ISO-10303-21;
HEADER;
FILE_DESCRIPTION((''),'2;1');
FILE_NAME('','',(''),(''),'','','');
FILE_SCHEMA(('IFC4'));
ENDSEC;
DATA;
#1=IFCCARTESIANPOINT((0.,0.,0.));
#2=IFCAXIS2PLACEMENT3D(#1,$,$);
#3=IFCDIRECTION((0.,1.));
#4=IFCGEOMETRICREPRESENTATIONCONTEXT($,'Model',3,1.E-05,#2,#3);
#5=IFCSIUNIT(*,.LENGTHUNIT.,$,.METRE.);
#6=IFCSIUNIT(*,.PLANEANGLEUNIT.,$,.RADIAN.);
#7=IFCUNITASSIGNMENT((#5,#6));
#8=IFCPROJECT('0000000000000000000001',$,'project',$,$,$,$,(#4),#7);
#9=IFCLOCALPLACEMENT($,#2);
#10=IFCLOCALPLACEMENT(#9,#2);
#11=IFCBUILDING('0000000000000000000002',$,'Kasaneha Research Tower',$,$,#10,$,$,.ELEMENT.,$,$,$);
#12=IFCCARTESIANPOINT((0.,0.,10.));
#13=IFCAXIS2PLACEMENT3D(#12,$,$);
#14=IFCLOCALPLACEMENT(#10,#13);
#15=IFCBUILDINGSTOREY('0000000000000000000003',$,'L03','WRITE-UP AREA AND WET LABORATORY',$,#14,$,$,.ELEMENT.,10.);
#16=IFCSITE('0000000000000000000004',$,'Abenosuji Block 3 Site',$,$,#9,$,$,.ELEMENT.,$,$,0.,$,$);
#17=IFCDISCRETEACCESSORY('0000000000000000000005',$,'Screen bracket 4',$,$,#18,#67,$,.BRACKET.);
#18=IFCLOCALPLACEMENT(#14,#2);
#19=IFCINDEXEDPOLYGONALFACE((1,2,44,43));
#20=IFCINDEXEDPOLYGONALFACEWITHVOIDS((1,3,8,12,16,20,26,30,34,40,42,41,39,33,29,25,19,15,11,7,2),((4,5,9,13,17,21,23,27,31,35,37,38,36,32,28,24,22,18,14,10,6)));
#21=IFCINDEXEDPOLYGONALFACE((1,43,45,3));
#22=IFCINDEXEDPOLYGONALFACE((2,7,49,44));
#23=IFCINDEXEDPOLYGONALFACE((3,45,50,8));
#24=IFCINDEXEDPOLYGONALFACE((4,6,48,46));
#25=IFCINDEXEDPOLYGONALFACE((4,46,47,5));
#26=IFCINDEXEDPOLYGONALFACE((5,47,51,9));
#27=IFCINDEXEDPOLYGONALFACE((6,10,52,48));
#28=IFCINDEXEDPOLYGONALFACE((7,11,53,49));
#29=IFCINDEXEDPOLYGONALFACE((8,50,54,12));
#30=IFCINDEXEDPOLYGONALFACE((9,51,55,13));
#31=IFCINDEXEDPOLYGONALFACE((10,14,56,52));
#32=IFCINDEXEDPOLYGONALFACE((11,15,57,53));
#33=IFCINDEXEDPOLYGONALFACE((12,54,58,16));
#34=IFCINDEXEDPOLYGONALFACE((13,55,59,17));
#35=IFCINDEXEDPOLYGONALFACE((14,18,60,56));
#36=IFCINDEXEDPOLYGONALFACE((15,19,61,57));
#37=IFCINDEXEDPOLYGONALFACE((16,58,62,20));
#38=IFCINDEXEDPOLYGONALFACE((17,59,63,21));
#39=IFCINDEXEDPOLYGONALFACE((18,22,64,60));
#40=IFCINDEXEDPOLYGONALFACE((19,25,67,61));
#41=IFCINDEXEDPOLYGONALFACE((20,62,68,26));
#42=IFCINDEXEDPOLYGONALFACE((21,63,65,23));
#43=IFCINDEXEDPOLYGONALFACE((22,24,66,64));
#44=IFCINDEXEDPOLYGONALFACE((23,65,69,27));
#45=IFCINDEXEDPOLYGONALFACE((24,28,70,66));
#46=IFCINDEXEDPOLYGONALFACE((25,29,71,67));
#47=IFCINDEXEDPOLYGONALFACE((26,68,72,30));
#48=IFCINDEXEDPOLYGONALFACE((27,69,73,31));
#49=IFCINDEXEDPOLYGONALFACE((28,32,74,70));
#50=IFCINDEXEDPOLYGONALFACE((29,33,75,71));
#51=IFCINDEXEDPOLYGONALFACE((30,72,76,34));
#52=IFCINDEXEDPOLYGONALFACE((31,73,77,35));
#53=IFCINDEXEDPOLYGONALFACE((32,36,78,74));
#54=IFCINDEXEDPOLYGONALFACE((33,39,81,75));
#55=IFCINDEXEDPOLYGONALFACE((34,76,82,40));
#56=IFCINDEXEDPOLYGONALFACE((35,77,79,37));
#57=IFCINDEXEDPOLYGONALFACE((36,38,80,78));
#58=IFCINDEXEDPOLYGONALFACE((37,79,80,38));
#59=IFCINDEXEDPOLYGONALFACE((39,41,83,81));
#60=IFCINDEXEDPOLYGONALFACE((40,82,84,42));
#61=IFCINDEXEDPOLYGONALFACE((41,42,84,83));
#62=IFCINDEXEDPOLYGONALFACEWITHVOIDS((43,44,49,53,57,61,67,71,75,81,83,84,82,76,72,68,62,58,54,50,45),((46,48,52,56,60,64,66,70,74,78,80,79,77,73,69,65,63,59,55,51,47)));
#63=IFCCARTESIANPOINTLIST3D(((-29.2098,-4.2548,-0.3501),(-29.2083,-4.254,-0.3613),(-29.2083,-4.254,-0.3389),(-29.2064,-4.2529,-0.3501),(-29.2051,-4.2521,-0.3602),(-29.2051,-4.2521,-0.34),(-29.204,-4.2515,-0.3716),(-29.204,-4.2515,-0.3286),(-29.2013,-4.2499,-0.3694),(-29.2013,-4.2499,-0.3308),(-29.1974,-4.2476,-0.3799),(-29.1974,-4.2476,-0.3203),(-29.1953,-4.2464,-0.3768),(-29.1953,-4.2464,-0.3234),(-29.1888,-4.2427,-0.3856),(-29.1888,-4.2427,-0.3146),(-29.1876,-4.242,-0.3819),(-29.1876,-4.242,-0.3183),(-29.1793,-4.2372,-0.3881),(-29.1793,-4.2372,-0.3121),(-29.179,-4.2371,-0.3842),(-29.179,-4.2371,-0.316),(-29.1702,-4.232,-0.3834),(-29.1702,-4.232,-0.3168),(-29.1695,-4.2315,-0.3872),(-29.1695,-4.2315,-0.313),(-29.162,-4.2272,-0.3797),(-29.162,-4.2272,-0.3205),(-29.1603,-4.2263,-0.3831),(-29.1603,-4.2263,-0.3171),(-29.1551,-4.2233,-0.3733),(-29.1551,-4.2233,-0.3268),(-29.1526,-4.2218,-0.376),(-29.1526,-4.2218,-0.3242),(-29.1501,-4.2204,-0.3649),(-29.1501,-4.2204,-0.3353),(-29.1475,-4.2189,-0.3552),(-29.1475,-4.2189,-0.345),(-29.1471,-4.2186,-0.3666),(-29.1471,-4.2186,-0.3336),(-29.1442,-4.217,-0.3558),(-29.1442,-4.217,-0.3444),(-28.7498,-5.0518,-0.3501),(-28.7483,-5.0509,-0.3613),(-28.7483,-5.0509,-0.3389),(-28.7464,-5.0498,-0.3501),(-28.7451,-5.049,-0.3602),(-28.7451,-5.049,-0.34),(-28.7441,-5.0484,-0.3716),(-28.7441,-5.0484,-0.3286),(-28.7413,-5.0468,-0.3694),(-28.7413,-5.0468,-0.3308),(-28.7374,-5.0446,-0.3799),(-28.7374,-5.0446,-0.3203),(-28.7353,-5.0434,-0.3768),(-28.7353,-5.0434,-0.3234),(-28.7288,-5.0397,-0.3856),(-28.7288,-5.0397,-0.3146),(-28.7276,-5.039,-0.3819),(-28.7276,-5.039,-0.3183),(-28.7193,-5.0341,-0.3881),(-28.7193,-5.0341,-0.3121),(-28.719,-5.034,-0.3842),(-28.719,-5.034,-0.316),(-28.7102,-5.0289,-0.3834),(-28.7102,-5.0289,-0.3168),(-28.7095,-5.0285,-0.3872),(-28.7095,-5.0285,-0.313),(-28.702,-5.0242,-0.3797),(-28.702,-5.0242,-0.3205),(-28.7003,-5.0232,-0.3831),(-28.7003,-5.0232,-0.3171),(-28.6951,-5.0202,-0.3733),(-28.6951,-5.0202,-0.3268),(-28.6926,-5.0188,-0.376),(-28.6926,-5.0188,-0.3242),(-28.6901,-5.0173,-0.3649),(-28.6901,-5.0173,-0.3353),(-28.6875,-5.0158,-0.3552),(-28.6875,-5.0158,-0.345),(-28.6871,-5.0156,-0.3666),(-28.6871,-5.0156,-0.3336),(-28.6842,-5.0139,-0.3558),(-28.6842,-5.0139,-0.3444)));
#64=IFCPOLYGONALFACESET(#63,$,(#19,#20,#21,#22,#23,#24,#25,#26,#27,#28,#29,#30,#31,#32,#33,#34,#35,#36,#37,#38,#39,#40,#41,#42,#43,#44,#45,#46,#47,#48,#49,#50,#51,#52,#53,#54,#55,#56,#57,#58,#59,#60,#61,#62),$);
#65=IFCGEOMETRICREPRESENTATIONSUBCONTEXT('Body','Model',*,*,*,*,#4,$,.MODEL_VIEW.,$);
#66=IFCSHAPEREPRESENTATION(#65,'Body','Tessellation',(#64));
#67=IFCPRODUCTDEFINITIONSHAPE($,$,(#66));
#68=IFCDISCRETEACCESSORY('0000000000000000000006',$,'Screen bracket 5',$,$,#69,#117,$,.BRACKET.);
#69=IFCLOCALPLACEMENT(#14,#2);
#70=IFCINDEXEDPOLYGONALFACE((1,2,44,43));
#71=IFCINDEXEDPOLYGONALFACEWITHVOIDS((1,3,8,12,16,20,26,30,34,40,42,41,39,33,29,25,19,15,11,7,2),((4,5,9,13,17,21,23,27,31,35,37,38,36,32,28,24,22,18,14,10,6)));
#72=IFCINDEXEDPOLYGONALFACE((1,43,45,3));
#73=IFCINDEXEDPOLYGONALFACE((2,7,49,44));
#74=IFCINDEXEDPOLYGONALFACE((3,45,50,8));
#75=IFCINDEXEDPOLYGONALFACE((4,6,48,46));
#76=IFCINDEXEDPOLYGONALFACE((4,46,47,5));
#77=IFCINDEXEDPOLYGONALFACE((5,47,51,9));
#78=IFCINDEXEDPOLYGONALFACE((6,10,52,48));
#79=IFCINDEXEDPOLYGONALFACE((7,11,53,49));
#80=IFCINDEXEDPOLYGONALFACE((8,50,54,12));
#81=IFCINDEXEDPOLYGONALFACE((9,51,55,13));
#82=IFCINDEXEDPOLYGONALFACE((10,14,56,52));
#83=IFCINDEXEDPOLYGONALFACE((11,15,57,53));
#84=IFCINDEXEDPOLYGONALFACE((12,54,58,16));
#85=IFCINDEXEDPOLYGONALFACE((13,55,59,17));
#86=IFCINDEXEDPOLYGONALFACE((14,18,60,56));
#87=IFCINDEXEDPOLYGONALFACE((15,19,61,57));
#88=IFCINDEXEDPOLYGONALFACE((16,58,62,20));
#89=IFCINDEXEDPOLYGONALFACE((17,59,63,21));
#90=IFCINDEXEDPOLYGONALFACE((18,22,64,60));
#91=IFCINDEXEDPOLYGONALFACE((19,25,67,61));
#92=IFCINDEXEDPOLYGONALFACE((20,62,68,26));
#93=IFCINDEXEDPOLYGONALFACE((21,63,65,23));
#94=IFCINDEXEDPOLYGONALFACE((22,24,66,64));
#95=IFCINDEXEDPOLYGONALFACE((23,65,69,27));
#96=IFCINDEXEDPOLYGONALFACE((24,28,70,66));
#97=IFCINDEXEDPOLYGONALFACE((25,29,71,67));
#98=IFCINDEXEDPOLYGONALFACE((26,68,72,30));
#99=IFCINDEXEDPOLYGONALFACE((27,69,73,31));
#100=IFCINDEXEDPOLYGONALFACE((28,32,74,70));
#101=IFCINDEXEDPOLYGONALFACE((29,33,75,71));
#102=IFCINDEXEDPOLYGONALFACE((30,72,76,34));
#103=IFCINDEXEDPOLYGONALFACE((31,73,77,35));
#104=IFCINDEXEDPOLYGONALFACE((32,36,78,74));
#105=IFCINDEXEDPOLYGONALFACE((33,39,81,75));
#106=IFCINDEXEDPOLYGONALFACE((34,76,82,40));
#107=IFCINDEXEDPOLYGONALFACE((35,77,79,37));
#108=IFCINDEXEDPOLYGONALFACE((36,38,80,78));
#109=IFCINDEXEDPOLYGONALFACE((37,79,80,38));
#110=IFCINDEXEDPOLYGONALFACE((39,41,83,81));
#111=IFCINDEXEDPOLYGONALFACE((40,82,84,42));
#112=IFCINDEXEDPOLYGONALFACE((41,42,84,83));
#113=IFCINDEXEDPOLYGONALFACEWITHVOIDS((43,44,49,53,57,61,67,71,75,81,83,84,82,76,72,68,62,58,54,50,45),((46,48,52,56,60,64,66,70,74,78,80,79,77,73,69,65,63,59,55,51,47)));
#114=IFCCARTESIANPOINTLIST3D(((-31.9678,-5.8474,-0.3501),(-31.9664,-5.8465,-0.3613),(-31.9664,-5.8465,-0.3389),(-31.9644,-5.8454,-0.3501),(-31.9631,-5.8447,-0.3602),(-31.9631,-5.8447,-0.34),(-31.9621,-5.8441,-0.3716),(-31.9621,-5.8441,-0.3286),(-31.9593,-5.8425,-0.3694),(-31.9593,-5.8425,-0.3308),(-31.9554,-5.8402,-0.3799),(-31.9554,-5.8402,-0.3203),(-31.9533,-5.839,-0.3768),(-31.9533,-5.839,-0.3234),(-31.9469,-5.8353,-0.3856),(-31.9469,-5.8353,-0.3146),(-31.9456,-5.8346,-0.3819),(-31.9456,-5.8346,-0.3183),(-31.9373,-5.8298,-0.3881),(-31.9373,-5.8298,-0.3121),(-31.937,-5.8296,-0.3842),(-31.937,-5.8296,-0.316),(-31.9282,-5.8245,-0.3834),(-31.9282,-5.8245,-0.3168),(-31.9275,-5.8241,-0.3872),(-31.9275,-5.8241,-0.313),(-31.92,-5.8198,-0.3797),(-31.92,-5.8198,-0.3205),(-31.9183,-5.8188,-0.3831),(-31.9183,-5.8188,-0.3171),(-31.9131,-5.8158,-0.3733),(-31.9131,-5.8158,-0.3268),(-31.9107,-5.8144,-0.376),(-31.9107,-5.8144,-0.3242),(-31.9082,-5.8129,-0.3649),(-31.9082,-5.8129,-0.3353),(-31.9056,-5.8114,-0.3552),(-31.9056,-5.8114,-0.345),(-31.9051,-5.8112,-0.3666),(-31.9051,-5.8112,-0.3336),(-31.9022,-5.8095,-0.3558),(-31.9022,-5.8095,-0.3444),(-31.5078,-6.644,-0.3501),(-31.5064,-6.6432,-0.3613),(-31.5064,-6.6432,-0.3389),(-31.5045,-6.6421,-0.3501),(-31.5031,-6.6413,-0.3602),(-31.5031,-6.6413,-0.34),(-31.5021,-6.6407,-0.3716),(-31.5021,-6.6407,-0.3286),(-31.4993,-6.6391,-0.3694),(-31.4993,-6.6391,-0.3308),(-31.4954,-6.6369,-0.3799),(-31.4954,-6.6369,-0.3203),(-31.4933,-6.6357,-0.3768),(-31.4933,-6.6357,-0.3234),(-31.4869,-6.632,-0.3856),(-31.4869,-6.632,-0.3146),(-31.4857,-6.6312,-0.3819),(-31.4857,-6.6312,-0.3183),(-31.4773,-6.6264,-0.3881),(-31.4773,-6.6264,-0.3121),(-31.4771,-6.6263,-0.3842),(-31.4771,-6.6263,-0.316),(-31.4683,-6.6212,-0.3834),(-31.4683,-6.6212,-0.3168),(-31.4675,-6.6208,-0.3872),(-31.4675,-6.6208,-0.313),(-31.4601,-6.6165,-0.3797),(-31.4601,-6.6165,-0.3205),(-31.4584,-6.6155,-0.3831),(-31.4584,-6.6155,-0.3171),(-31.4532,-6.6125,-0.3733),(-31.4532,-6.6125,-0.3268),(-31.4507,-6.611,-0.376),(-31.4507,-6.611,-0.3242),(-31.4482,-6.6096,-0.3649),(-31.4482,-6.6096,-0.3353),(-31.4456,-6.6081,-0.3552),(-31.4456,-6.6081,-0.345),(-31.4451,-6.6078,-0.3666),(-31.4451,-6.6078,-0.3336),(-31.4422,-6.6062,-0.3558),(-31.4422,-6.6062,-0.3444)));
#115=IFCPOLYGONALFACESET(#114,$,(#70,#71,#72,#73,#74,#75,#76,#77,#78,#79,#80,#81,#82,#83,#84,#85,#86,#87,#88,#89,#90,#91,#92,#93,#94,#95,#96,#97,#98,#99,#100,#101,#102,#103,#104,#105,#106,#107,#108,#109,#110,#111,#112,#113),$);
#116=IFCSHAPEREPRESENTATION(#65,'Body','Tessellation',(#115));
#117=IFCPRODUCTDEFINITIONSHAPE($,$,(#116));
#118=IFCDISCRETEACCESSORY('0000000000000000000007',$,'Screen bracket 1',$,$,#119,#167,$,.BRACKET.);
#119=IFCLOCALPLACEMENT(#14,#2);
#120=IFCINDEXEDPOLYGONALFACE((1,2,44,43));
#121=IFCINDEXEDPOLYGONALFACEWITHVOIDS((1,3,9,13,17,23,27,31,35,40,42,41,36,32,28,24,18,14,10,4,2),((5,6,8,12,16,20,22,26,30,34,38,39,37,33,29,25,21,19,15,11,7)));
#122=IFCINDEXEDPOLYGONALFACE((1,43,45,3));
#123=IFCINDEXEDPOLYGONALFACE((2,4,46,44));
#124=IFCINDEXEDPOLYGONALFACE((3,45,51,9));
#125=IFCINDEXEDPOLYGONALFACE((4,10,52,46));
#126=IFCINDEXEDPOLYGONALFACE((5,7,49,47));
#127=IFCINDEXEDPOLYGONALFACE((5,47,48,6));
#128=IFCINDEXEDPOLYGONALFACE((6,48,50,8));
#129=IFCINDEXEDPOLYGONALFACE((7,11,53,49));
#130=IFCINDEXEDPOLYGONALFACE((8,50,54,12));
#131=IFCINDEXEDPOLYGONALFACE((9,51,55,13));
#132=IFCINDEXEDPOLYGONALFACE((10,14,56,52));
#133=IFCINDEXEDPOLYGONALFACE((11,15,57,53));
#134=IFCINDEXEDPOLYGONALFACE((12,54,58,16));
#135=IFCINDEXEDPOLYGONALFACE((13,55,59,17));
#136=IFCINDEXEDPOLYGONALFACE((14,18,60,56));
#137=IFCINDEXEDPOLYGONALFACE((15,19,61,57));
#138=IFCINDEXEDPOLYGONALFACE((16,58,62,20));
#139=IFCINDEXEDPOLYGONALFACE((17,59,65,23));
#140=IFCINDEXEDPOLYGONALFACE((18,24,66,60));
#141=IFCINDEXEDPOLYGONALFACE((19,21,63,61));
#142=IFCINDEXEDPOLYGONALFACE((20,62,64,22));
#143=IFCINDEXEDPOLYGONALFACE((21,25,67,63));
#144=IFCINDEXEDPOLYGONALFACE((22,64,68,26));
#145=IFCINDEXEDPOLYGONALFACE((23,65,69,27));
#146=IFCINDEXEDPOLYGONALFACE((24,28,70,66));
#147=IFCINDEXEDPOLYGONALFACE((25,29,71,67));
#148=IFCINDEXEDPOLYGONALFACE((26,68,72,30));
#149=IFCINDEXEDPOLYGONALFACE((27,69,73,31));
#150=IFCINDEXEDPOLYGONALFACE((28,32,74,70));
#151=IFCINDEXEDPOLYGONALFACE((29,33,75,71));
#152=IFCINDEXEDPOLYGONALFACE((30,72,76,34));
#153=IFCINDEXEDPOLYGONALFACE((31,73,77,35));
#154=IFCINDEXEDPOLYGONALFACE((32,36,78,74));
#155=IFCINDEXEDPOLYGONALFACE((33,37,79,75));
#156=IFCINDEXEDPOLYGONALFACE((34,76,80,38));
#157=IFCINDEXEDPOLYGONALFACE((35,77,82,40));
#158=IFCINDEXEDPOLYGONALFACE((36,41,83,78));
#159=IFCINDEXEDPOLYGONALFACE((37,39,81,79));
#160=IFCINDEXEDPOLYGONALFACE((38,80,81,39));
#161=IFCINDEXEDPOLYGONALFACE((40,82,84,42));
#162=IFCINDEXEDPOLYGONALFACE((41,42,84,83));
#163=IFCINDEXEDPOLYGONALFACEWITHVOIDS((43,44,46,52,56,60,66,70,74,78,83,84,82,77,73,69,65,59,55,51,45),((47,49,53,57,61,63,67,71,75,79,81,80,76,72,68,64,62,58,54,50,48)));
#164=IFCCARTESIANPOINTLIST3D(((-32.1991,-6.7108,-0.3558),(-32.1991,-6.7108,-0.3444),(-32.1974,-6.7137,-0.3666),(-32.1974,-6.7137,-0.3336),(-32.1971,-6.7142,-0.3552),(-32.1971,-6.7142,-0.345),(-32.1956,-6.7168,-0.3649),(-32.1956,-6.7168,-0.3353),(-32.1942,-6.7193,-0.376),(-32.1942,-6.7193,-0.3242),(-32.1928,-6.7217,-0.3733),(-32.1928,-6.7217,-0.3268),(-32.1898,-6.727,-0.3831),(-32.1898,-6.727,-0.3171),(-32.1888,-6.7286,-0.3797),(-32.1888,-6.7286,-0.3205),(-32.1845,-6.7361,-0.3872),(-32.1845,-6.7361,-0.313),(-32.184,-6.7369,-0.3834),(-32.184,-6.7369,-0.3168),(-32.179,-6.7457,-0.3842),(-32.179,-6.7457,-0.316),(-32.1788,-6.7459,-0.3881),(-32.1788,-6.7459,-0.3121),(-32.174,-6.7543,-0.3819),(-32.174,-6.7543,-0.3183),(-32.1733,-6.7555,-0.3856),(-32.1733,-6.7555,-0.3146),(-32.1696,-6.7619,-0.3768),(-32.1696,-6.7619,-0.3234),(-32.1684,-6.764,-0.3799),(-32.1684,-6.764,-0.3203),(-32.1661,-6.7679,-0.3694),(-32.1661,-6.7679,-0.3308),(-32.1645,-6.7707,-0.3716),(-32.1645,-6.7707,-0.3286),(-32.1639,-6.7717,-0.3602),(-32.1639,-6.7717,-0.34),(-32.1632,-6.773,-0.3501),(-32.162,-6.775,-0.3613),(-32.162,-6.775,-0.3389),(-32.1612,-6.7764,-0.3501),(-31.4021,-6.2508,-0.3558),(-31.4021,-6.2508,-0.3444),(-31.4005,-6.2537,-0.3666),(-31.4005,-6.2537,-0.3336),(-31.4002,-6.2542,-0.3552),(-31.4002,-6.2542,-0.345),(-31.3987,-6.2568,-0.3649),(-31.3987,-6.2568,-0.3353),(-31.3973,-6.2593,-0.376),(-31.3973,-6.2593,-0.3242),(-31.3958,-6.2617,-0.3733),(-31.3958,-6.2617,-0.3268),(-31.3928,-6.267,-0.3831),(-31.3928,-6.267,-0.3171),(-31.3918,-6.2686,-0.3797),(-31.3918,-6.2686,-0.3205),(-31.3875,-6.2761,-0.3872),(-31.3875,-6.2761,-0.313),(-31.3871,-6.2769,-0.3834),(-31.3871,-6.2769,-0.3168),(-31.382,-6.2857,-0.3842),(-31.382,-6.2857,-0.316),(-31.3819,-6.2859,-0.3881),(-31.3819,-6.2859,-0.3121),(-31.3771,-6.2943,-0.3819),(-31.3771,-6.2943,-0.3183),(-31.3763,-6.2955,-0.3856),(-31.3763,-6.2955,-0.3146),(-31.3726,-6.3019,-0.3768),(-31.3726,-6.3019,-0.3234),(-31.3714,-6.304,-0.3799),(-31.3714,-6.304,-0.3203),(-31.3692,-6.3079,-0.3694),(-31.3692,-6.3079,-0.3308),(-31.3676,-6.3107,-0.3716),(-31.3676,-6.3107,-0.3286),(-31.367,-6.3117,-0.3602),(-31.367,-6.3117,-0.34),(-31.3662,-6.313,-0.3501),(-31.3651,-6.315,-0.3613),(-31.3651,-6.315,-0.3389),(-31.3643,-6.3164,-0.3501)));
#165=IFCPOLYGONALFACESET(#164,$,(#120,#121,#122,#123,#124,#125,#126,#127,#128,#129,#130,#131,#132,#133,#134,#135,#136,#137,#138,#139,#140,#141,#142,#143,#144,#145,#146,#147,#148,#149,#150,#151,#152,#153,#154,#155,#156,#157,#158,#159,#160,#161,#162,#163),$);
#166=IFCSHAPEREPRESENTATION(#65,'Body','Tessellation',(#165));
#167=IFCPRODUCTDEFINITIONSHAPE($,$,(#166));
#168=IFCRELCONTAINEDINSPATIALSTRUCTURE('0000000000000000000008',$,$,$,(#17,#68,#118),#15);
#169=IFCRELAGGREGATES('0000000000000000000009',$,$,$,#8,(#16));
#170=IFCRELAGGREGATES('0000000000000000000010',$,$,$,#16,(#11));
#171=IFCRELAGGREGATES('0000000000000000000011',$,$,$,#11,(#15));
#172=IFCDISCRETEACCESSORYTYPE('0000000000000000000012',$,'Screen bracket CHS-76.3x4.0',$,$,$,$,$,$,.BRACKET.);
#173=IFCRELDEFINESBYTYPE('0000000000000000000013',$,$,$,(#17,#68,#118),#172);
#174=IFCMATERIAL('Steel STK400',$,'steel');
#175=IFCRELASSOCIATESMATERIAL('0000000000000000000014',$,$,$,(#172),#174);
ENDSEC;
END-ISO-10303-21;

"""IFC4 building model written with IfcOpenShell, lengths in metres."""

from ifc_helpers import new_model, si_unit, direction, frame, origin, origin_2d, place, context, subcontext, project, spatial, hollow_circle, extrude, material, material_profile, profile_set, type_object, element, save


model = new_model("IFC4")

# Units and contexts
model_context = context("Model", 3, precision=1e-05, world=origin(), true_north=direction((0.0, 1.0)))
body_context = subcontext(model_context, "Body", "Model", "MODEL_VIEW")
ifc_project = project(units=[si_unit("LENGTHUNIT", "METRE"), si_unit("PLANEANGLEUNIT", "RADIAN")], contexts=[model_context])

# Site, building, storey
site_placement = place(None, origin())
site = spatial("IfcSite", under=ifc_project, at=site_placement, Name="Abenosuji Block 3 Site", CompositionType="ELEMENT", RefElevation=0.0)
building_placement = place(site_placement, origin())
building = spatial("IfcBuilding", under=site, at=building_placement, Name="Kasaneha Research Tower", CompositionType="ELEMENT")
storey_placement = place(building_placement, frame((0.0, 0.0, 10.0)))
storey = spatial("IfcBuildingStorey", under=building, at=storey_placement, Name="L03", Description="WRITE-UP AREA AND WET LABORATORY", CompositionType="ELEMENT", Elevation=10.0)

# Discrete accessories
ifc_material_1 = material(Name="Steel STK400", Category="steel")
ifc_material_profile_1 = material_profile(ifc_material_1, hollow_circle(Radius=0.0381, WallThickness=0.0039, at=origin_2d()), Name="CHS-76.3x4.0")
ifc_profile_set_1 = profile_set([ifc_material_profile_1], Name="Steel STK400")
discrete_accessory_type = type_object("IfcDiscreteAccessoryType", Name="Screen bracket CHS-76.3x4.0", PredefinedType="BRACKET", material=ifc_profile_set_1)
discrete_accessory_1_placement = place(storey_placement, frame((-28.7168, -5.0327, -0.3501), z_axis=(-0.499906, 0.86608, 0.0), x_axis=(-0.86608, -0.499906, 0.0)))
element("IfcDiscreteAccessory", 1, at=discrete_accessory_1_placement, inside=storey, type_object=discrete_accessory_type, Name="Screen bracket 4", PredefinedType="BRACKET", context=body_context, shape_type="SweptSolid", body=[
    extrude(hollow_circle(Radius=0.0381, WallThickness=0.0039, at=origin_2d()), origin(), (0.0, 0.0, 1.0), 0.9202),
])
discrete_accessory_2_placement = place(storey_placement, frame((-31.4749, -6.625, -0.3501), z_axis=(-0.500021, 0.866013, 0.0), x_axis=(-0.866013, -0.500021, 0.0)))
element("IfcDiscreteAccessory", 2, at=discrete_accessory_2_placement, inside=storey, type_object=discrete_accessory_type, Name="Screen bracket 5", PredefinedType="BRACKET", context=body_context, shape_type="SweptSolid", body=[
    extrude(hollow_circle(Radius=0.0381, WallThickness=0.0039, at=origin_2d()), origin(), (0.0, 0.0, 1.0), 0.9199),
])
discrete_accessory_3_placement = place(storey_placement, frame((-31.3833, -6.2834, -0.3501), z_axis=(-0.86608, -0.499906, 0.0), x_axis=(0.499906, -0.86608, 0.0)))
element("IfcDiscreteAccessory", 3, at=discrete_accessory_3_placement, inside=storey, type_object=discrete_accessory_type, Name="Screen bracket 1", PredefinedType="BRACKET", context=body_context, shape_type="SweptSolid", body=[
    extrude(hollow_circle(Radius=0.0381, WallThickness=0.0039, at=origin_2d()), origin(), (0.0, 0.0, 1.0), 0.9202),
])

save(model, "model.ifc")
